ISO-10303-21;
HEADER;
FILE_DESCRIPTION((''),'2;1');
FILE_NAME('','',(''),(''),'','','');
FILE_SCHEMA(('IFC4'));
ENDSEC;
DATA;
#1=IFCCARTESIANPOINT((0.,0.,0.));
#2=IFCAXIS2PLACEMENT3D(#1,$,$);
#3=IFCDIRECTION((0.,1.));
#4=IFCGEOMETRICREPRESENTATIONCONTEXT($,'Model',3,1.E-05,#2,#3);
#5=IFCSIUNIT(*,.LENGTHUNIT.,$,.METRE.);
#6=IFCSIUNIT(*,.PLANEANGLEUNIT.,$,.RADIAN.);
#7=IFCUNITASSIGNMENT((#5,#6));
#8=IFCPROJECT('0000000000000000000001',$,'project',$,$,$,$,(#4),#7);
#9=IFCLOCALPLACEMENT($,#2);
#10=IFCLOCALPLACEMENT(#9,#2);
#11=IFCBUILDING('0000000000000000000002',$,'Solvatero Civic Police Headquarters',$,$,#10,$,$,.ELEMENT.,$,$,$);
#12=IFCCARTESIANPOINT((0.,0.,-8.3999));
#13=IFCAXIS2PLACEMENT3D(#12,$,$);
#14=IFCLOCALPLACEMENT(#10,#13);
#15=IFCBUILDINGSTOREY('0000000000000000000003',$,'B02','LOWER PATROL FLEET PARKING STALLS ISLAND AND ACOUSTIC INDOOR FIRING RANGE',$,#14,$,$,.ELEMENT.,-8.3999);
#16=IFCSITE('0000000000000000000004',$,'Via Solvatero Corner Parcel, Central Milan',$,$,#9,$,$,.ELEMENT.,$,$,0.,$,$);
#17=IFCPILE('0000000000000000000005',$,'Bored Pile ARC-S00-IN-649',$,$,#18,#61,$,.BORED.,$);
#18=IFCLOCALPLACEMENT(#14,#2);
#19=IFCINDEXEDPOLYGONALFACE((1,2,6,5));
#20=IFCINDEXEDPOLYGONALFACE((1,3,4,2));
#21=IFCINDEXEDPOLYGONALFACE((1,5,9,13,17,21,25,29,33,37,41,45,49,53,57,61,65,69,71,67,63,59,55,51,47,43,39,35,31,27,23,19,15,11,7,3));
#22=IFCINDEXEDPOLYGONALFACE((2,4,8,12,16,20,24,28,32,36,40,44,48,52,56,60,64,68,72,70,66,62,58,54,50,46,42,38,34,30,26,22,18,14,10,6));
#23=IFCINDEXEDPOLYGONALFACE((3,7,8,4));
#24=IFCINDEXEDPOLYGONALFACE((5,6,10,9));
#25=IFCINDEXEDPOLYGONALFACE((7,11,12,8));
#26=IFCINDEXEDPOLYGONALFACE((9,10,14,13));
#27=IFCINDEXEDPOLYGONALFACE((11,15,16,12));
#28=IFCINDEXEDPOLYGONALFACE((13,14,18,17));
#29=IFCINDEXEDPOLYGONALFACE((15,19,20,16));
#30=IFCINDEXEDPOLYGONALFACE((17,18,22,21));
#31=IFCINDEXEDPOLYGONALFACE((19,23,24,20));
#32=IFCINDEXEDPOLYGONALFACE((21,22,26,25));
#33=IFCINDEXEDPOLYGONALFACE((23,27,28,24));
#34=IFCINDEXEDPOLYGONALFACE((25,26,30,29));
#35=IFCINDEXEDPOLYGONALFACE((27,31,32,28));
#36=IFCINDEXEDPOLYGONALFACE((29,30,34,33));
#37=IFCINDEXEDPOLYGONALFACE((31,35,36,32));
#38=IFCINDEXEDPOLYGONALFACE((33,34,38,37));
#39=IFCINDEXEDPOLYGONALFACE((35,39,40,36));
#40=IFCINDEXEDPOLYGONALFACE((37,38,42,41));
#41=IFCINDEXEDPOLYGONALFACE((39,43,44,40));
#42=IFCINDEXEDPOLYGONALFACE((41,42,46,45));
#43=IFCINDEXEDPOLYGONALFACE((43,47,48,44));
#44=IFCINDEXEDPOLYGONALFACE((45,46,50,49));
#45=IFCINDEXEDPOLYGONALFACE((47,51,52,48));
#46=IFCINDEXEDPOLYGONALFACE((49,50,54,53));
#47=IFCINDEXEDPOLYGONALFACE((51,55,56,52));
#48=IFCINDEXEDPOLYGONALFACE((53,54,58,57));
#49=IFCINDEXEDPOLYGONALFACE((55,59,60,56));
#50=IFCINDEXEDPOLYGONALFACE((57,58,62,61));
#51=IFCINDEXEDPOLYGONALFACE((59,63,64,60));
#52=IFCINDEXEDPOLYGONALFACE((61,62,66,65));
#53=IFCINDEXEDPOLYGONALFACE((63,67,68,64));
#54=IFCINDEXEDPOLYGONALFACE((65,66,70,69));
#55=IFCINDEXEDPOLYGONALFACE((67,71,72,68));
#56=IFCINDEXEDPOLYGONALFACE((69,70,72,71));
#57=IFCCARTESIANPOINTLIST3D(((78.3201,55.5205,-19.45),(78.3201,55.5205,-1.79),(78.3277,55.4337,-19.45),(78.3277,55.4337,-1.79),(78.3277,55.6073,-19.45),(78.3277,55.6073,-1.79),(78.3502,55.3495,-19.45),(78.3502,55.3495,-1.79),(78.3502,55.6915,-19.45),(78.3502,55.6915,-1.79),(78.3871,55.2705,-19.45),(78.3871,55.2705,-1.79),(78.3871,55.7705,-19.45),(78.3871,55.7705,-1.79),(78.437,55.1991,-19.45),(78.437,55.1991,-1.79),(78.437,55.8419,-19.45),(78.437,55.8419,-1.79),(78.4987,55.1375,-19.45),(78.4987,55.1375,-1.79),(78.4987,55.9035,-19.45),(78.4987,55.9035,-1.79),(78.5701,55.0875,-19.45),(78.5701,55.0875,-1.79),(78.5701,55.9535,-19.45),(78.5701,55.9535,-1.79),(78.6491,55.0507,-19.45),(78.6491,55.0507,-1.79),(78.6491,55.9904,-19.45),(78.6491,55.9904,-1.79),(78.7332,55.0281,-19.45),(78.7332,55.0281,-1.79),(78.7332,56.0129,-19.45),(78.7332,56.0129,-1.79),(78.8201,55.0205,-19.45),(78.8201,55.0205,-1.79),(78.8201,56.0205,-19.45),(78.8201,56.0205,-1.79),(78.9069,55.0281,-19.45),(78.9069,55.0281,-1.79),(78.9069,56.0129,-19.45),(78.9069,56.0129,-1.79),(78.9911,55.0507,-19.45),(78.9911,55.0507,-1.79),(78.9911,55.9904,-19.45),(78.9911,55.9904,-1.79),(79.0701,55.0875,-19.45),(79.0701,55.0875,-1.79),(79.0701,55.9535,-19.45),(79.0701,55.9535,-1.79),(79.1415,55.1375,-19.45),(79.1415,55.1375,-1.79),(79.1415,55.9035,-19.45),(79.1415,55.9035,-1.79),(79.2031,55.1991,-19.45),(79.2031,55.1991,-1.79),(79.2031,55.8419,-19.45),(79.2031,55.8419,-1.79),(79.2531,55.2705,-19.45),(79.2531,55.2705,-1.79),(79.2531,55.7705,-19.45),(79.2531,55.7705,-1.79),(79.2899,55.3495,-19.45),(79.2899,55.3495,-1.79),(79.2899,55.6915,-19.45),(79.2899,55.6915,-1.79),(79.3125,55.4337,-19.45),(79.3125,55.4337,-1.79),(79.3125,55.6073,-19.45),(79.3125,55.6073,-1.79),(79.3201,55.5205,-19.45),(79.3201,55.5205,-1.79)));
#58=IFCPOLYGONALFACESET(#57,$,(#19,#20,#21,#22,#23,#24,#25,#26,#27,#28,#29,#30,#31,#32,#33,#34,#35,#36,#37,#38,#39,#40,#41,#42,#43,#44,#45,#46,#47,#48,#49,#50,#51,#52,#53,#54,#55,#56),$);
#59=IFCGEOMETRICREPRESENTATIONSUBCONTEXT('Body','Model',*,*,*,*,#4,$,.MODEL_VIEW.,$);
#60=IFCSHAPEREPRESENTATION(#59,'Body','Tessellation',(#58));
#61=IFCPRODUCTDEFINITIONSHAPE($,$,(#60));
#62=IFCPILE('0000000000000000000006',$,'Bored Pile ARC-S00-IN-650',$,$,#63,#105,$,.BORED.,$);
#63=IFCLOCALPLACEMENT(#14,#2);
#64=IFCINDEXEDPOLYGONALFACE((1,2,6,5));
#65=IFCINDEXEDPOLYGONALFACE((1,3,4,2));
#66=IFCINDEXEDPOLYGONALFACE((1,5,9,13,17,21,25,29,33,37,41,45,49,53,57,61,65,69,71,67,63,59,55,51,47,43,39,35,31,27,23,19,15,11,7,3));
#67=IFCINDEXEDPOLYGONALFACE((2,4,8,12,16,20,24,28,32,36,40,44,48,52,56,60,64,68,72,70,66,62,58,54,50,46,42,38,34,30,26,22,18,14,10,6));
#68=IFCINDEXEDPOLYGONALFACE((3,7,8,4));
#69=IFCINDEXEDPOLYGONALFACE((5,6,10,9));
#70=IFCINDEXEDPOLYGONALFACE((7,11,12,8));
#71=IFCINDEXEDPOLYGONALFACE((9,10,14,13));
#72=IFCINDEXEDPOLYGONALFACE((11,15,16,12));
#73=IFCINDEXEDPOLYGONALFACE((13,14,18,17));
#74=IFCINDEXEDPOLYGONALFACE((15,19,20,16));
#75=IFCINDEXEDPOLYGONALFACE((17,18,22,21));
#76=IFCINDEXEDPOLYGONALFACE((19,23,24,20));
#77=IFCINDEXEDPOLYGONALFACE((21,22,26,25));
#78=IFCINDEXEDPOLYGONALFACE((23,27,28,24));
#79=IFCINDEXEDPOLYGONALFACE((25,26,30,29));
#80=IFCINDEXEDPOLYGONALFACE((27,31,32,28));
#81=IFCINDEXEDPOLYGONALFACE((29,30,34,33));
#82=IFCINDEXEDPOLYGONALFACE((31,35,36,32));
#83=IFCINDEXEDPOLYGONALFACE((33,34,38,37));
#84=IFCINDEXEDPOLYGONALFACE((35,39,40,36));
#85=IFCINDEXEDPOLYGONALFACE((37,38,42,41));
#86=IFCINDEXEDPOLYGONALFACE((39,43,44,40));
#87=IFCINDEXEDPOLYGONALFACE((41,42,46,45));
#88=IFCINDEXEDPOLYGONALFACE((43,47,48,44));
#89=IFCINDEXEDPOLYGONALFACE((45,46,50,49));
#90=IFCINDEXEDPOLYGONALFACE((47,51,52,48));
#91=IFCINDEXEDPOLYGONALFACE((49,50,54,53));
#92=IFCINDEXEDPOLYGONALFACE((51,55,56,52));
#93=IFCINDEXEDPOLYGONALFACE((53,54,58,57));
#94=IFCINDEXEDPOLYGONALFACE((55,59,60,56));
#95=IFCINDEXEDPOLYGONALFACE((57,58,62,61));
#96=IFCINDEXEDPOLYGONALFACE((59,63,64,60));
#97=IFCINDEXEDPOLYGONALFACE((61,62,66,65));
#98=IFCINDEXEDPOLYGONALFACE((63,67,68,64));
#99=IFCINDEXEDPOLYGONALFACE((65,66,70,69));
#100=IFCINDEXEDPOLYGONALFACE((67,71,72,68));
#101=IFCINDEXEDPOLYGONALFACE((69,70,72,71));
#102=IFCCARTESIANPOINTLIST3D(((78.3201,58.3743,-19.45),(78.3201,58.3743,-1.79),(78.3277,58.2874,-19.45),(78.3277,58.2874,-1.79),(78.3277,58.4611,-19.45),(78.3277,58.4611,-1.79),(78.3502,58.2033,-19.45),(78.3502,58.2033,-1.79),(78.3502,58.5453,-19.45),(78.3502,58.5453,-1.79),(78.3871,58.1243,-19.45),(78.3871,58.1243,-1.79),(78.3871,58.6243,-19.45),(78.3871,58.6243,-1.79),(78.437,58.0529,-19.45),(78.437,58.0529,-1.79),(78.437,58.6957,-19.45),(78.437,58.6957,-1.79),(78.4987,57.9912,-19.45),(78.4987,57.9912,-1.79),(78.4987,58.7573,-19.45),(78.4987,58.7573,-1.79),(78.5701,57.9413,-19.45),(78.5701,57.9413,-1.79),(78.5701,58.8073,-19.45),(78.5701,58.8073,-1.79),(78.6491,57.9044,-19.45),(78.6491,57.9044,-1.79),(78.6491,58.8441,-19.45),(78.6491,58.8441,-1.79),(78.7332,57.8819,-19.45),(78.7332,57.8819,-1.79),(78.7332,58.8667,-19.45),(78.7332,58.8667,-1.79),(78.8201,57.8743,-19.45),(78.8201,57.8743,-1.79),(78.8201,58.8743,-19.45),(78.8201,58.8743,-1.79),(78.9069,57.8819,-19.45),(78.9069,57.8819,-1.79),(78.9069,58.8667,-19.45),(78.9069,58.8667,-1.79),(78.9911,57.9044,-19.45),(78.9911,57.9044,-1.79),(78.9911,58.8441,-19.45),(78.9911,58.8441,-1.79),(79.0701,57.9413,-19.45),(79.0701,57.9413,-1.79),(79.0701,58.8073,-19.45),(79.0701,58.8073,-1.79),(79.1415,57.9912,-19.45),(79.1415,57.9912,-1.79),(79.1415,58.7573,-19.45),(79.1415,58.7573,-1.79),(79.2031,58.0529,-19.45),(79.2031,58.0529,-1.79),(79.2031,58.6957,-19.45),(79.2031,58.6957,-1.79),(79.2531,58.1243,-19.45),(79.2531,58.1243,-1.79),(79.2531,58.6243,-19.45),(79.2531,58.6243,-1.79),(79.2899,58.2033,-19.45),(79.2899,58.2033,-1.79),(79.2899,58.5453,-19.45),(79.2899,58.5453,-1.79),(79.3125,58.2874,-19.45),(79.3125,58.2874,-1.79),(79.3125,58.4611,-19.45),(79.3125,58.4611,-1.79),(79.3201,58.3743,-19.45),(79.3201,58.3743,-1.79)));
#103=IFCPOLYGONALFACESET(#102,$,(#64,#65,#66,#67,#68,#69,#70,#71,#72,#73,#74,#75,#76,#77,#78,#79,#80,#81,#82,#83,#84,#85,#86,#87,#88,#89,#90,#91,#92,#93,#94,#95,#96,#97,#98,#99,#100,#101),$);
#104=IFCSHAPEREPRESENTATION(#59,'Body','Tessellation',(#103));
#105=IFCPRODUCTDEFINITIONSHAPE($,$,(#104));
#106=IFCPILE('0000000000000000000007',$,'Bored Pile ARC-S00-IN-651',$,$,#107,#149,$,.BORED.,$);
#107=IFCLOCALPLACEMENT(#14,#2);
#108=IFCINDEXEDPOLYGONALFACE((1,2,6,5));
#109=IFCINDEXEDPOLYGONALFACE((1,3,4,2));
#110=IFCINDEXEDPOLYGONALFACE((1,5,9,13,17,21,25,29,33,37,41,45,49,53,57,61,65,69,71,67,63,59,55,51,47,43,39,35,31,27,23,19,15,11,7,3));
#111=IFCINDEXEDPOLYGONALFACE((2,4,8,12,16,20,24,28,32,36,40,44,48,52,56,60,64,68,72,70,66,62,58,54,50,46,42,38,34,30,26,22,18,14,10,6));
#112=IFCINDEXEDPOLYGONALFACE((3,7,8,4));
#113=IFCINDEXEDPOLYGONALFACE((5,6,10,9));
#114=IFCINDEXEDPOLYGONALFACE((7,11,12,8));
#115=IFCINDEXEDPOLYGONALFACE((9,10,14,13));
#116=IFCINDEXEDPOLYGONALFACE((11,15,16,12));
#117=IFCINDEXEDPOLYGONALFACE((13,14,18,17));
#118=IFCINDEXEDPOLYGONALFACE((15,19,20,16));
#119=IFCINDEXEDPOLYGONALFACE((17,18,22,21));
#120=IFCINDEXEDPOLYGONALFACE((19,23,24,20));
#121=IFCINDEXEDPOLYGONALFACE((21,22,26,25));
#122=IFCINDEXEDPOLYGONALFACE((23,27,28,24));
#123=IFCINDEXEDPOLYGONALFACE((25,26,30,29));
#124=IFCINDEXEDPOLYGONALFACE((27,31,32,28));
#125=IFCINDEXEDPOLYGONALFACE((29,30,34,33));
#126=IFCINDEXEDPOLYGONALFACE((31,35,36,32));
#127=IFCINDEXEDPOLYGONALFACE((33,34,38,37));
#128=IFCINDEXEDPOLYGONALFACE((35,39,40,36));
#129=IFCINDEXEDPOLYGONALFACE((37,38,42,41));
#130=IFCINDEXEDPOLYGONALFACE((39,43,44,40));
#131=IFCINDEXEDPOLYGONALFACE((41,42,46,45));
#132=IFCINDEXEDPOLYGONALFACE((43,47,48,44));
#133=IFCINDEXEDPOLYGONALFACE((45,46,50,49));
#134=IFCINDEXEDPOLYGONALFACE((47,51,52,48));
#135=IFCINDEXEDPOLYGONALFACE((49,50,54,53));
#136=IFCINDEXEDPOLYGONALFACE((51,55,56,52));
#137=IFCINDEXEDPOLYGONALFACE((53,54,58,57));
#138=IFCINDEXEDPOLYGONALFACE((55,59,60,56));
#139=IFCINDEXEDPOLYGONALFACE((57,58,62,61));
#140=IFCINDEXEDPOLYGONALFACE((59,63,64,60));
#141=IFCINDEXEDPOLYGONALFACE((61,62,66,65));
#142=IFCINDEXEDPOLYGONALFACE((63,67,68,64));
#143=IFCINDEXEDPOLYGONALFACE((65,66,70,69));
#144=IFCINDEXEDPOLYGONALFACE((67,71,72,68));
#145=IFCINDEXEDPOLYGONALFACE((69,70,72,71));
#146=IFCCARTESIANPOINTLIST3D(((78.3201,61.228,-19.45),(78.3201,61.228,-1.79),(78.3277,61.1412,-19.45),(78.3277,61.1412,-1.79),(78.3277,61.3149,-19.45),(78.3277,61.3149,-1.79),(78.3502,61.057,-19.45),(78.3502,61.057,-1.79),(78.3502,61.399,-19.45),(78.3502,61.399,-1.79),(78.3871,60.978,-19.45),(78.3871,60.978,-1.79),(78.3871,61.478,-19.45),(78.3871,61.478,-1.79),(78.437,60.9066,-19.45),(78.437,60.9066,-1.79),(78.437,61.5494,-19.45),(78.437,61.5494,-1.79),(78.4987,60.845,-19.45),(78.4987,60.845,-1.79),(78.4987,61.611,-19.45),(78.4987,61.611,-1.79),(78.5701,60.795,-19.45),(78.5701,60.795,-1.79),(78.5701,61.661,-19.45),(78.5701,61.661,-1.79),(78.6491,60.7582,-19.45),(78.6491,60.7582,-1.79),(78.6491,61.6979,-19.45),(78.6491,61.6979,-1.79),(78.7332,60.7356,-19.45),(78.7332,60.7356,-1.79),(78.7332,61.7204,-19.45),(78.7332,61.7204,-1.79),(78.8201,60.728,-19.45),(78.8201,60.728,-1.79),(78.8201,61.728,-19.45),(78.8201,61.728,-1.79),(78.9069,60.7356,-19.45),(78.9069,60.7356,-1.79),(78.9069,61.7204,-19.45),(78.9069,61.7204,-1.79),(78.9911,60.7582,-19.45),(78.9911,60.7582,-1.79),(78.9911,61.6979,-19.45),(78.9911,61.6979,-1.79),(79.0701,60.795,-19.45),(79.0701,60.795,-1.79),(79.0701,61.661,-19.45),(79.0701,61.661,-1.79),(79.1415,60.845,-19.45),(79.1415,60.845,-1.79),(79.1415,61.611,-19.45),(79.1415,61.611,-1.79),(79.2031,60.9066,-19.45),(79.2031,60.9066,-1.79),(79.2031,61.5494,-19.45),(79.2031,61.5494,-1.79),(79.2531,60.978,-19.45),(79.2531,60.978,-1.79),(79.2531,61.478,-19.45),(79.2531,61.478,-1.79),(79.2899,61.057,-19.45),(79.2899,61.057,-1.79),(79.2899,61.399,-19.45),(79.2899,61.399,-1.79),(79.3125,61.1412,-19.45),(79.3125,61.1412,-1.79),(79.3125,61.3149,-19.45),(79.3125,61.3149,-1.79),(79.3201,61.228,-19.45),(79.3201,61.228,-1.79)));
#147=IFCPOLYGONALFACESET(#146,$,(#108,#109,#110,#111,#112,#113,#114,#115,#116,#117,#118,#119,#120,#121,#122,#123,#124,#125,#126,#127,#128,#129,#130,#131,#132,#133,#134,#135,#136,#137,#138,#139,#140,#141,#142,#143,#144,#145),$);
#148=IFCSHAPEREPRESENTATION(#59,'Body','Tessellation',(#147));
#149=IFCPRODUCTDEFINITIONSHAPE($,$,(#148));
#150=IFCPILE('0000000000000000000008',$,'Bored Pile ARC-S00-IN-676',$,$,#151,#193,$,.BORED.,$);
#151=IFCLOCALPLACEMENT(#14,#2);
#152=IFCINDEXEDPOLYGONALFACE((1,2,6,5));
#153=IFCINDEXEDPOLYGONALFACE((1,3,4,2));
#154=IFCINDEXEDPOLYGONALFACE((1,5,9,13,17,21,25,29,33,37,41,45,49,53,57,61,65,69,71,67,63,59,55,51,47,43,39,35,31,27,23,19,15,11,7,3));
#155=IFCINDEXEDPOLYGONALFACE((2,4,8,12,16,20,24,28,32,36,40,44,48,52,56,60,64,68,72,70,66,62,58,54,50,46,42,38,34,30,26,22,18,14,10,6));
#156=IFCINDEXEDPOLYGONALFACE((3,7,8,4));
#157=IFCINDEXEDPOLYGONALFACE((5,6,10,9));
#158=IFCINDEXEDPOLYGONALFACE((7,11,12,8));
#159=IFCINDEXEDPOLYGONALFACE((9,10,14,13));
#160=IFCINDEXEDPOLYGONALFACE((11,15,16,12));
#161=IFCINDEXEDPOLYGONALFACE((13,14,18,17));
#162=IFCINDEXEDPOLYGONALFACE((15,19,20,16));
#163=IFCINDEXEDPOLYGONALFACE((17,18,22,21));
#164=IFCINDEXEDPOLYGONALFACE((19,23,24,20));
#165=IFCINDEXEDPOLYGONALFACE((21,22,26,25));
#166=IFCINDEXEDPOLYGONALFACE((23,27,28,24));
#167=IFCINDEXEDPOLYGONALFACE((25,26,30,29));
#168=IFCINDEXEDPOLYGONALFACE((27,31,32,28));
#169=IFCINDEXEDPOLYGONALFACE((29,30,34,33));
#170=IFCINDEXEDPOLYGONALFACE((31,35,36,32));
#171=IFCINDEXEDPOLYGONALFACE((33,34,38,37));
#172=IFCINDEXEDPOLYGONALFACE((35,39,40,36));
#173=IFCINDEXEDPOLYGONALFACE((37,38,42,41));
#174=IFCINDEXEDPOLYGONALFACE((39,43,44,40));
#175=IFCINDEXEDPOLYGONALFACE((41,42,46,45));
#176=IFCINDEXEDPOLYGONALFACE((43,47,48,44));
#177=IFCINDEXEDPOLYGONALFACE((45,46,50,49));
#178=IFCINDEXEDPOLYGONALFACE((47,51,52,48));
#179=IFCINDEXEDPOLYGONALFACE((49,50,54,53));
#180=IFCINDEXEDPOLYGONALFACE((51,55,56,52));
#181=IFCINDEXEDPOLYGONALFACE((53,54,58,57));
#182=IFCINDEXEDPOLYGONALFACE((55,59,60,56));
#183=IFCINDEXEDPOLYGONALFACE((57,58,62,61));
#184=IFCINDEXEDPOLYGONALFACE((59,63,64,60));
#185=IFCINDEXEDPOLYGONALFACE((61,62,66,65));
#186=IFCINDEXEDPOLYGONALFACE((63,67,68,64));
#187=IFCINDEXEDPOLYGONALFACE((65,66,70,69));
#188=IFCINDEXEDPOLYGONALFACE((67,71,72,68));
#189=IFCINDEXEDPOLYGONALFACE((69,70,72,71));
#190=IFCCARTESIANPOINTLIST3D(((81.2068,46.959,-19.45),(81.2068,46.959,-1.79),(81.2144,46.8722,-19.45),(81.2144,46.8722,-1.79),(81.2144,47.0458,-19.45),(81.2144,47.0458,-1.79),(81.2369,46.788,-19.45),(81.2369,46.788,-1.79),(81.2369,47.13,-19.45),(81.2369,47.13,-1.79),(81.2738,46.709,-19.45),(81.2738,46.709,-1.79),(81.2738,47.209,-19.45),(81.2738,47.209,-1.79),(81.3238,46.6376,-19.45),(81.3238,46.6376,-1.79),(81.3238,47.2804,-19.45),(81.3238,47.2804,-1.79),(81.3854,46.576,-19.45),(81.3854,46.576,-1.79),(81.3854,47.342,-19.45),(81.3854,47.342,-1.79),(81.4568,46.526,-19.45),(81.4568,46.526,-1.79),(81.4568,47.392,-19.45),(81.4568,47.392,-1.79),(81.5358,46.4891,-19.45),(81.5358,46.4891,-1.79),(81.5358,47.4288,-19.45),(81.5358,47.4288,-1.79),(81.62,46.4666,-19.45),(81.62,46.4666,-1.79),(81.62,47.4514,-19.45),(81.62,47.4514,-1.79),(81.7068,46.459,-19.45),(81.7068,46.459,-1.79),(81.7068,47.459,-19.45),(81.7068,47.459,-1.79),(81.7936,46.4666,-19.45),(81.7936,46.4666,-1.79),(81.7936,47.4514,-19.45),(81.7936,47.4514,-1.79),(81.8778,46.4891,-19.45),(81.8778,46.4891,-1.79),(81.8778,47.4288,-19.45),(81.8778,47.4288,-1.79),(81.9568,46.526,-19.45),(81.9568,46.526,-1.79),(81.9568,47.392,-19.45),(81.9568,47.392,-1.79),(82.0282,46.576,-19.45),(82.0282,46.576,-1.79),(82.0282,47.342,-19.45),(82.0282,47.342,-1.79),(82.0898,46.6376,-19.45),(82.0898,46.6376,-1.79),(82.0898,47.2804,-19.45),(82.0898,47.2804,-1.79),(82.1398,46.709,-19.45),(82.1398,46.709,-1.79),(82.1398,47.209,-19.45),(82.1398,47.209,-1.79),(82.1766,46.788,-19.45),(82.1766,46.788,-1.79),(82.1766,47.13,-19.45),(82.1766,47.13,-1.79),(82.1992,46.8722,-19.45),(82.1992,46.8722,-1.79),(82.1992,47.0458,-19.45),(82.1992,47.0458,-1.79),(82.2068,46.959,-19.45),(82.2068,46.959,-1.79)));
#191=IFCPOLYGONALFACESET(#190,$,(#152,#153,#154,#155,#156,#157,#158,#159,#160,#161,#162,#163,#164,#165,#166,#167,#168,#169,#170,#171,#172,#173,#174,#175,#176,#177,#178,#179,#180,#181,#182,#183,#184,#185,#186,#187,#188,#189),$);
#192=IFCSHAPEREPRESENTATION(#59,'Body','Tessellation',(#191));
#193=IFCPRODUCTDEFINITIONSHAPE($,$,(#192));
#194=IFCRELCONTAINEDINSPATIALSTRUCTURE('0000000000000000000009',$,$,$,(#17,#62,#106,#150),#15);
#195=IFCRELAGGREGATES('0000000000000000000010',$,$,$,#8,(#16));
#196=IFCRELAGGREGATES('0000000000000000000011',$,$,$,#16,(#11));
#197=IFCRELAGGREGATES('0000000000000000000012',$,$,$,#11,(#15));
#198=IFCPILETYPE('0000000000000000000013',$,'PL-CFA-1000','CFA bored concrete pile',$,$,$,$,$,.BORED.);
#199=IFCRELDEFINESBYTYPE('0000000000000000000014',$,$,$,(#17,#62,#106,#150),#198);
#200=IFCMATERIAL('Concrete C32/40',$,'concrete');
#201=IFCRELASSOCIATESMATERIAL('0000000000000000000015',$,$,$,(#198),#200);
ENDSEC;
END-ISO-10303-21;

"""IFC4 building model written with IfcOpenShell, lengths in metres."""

from ifc_helpers import new_model, si_unit, direction, frame, origin, origin_2d, place, context, subcontext, project, spatial, circle, extrude, material, material_profile, profile_set, type_object, element, save


model = new_model("IFC4")

# Units and contexts
model_context = context("Model", 3, precision=1e-05, world=origin(), true_north=direction((0.0, 1.0)))
body_context = subcontext(model_context, "Body", "Model", "MODEL_VIEW")
ifc_project = project(units=[si_unit("LENGTHUNIT", "METRE"), si_unit("PLANEANGLEUNIT", "RADIAN")], contexts=[model_context])

# Site, building, storey
site_placement = place(None, origin())
site = spatial("IfcSite", under=ifc_project, at=site_placement, Name="Via Solvatero Corner Parcel, Central Milan", CompositionType="ELEMENT", RefElevation=0.0)
building_placement = place(site_placement, origin())
building = spatial("IfcBuilding", under=site, at=building_placement, Name="Solvatero Civic Police Headquarters", CompositionType="ELEMENT")
storey_placement = place(building_placement, frame((0.0, 0.0, -8.3999)))
storey = spatial("IfcBuildingStorey", under=building, at=storey_placement, Name="B02", Description="LOWER PATROL FLEET PARKING STALLS ISLAND AND ACOUSTIC INDOOR FIRING RANGE", CompositionType="ELEMENT", Elevation=-8.3999)

# Piles
ifc_material_1 = material(Name="Concrete C32/40", Category="concrete")
ifc_material_profile_1 = material_profile(ifc_material_1, circle(Radius=0.5, at=origin_2d()), Name="CFA PILE D1000")
ifc_profile_set_1 = profile_set([ifc_material_profile_1], Name="Concrete C32/40")
pile_type = type_object("IfcPileType", Name="PL-CFA-1000", Description="CFA bored concrete pile", PredefinedType="BORED", material=ifc_profile_set_1)
for number, where, z_axis, x_axis, name in (
    (1, (78.8201, 55.5205, -1.79), (0.0, 0.0, -1.0), (1.0, 0.0, 0.0), "Bored Pile ARC-S00-IN-649"),
    (2, (78.8201, 58.3743, -1.79), (0.0, 0.0, -1.0), (1.0, 0.0, 0.0), "Bored Pile ARC-S00-IN-650"),
    (3, (78.8201, 61.228, -1.79), (0.0, 0.0, -1.0), (1.0, 0.0, 0.0), "Bored Pile ARC-S00-IN-651"),
    (4, (81.7068, 46.959, -1.79), (0.0, 0.0, -1.0), (1.0, 0.0, 0.0), "Bored Pile ARC-S00-IN-676"),
):
    element("IfcPile", number, at=place(storey_placement, frame(where, z_axis=z_axis, x_axis=x_axis)), inside=storey, type_object=pile_type, Name=name, PredefinedType="BORED", context=body_context, shape_type="SweptSolid", body=[
        extrude(circle(Radius=0.5, at=origin_2d()), origin(), (0.0, 0.0, 1.0), 17.6599),
    ])

save(model, "model.ifc")
